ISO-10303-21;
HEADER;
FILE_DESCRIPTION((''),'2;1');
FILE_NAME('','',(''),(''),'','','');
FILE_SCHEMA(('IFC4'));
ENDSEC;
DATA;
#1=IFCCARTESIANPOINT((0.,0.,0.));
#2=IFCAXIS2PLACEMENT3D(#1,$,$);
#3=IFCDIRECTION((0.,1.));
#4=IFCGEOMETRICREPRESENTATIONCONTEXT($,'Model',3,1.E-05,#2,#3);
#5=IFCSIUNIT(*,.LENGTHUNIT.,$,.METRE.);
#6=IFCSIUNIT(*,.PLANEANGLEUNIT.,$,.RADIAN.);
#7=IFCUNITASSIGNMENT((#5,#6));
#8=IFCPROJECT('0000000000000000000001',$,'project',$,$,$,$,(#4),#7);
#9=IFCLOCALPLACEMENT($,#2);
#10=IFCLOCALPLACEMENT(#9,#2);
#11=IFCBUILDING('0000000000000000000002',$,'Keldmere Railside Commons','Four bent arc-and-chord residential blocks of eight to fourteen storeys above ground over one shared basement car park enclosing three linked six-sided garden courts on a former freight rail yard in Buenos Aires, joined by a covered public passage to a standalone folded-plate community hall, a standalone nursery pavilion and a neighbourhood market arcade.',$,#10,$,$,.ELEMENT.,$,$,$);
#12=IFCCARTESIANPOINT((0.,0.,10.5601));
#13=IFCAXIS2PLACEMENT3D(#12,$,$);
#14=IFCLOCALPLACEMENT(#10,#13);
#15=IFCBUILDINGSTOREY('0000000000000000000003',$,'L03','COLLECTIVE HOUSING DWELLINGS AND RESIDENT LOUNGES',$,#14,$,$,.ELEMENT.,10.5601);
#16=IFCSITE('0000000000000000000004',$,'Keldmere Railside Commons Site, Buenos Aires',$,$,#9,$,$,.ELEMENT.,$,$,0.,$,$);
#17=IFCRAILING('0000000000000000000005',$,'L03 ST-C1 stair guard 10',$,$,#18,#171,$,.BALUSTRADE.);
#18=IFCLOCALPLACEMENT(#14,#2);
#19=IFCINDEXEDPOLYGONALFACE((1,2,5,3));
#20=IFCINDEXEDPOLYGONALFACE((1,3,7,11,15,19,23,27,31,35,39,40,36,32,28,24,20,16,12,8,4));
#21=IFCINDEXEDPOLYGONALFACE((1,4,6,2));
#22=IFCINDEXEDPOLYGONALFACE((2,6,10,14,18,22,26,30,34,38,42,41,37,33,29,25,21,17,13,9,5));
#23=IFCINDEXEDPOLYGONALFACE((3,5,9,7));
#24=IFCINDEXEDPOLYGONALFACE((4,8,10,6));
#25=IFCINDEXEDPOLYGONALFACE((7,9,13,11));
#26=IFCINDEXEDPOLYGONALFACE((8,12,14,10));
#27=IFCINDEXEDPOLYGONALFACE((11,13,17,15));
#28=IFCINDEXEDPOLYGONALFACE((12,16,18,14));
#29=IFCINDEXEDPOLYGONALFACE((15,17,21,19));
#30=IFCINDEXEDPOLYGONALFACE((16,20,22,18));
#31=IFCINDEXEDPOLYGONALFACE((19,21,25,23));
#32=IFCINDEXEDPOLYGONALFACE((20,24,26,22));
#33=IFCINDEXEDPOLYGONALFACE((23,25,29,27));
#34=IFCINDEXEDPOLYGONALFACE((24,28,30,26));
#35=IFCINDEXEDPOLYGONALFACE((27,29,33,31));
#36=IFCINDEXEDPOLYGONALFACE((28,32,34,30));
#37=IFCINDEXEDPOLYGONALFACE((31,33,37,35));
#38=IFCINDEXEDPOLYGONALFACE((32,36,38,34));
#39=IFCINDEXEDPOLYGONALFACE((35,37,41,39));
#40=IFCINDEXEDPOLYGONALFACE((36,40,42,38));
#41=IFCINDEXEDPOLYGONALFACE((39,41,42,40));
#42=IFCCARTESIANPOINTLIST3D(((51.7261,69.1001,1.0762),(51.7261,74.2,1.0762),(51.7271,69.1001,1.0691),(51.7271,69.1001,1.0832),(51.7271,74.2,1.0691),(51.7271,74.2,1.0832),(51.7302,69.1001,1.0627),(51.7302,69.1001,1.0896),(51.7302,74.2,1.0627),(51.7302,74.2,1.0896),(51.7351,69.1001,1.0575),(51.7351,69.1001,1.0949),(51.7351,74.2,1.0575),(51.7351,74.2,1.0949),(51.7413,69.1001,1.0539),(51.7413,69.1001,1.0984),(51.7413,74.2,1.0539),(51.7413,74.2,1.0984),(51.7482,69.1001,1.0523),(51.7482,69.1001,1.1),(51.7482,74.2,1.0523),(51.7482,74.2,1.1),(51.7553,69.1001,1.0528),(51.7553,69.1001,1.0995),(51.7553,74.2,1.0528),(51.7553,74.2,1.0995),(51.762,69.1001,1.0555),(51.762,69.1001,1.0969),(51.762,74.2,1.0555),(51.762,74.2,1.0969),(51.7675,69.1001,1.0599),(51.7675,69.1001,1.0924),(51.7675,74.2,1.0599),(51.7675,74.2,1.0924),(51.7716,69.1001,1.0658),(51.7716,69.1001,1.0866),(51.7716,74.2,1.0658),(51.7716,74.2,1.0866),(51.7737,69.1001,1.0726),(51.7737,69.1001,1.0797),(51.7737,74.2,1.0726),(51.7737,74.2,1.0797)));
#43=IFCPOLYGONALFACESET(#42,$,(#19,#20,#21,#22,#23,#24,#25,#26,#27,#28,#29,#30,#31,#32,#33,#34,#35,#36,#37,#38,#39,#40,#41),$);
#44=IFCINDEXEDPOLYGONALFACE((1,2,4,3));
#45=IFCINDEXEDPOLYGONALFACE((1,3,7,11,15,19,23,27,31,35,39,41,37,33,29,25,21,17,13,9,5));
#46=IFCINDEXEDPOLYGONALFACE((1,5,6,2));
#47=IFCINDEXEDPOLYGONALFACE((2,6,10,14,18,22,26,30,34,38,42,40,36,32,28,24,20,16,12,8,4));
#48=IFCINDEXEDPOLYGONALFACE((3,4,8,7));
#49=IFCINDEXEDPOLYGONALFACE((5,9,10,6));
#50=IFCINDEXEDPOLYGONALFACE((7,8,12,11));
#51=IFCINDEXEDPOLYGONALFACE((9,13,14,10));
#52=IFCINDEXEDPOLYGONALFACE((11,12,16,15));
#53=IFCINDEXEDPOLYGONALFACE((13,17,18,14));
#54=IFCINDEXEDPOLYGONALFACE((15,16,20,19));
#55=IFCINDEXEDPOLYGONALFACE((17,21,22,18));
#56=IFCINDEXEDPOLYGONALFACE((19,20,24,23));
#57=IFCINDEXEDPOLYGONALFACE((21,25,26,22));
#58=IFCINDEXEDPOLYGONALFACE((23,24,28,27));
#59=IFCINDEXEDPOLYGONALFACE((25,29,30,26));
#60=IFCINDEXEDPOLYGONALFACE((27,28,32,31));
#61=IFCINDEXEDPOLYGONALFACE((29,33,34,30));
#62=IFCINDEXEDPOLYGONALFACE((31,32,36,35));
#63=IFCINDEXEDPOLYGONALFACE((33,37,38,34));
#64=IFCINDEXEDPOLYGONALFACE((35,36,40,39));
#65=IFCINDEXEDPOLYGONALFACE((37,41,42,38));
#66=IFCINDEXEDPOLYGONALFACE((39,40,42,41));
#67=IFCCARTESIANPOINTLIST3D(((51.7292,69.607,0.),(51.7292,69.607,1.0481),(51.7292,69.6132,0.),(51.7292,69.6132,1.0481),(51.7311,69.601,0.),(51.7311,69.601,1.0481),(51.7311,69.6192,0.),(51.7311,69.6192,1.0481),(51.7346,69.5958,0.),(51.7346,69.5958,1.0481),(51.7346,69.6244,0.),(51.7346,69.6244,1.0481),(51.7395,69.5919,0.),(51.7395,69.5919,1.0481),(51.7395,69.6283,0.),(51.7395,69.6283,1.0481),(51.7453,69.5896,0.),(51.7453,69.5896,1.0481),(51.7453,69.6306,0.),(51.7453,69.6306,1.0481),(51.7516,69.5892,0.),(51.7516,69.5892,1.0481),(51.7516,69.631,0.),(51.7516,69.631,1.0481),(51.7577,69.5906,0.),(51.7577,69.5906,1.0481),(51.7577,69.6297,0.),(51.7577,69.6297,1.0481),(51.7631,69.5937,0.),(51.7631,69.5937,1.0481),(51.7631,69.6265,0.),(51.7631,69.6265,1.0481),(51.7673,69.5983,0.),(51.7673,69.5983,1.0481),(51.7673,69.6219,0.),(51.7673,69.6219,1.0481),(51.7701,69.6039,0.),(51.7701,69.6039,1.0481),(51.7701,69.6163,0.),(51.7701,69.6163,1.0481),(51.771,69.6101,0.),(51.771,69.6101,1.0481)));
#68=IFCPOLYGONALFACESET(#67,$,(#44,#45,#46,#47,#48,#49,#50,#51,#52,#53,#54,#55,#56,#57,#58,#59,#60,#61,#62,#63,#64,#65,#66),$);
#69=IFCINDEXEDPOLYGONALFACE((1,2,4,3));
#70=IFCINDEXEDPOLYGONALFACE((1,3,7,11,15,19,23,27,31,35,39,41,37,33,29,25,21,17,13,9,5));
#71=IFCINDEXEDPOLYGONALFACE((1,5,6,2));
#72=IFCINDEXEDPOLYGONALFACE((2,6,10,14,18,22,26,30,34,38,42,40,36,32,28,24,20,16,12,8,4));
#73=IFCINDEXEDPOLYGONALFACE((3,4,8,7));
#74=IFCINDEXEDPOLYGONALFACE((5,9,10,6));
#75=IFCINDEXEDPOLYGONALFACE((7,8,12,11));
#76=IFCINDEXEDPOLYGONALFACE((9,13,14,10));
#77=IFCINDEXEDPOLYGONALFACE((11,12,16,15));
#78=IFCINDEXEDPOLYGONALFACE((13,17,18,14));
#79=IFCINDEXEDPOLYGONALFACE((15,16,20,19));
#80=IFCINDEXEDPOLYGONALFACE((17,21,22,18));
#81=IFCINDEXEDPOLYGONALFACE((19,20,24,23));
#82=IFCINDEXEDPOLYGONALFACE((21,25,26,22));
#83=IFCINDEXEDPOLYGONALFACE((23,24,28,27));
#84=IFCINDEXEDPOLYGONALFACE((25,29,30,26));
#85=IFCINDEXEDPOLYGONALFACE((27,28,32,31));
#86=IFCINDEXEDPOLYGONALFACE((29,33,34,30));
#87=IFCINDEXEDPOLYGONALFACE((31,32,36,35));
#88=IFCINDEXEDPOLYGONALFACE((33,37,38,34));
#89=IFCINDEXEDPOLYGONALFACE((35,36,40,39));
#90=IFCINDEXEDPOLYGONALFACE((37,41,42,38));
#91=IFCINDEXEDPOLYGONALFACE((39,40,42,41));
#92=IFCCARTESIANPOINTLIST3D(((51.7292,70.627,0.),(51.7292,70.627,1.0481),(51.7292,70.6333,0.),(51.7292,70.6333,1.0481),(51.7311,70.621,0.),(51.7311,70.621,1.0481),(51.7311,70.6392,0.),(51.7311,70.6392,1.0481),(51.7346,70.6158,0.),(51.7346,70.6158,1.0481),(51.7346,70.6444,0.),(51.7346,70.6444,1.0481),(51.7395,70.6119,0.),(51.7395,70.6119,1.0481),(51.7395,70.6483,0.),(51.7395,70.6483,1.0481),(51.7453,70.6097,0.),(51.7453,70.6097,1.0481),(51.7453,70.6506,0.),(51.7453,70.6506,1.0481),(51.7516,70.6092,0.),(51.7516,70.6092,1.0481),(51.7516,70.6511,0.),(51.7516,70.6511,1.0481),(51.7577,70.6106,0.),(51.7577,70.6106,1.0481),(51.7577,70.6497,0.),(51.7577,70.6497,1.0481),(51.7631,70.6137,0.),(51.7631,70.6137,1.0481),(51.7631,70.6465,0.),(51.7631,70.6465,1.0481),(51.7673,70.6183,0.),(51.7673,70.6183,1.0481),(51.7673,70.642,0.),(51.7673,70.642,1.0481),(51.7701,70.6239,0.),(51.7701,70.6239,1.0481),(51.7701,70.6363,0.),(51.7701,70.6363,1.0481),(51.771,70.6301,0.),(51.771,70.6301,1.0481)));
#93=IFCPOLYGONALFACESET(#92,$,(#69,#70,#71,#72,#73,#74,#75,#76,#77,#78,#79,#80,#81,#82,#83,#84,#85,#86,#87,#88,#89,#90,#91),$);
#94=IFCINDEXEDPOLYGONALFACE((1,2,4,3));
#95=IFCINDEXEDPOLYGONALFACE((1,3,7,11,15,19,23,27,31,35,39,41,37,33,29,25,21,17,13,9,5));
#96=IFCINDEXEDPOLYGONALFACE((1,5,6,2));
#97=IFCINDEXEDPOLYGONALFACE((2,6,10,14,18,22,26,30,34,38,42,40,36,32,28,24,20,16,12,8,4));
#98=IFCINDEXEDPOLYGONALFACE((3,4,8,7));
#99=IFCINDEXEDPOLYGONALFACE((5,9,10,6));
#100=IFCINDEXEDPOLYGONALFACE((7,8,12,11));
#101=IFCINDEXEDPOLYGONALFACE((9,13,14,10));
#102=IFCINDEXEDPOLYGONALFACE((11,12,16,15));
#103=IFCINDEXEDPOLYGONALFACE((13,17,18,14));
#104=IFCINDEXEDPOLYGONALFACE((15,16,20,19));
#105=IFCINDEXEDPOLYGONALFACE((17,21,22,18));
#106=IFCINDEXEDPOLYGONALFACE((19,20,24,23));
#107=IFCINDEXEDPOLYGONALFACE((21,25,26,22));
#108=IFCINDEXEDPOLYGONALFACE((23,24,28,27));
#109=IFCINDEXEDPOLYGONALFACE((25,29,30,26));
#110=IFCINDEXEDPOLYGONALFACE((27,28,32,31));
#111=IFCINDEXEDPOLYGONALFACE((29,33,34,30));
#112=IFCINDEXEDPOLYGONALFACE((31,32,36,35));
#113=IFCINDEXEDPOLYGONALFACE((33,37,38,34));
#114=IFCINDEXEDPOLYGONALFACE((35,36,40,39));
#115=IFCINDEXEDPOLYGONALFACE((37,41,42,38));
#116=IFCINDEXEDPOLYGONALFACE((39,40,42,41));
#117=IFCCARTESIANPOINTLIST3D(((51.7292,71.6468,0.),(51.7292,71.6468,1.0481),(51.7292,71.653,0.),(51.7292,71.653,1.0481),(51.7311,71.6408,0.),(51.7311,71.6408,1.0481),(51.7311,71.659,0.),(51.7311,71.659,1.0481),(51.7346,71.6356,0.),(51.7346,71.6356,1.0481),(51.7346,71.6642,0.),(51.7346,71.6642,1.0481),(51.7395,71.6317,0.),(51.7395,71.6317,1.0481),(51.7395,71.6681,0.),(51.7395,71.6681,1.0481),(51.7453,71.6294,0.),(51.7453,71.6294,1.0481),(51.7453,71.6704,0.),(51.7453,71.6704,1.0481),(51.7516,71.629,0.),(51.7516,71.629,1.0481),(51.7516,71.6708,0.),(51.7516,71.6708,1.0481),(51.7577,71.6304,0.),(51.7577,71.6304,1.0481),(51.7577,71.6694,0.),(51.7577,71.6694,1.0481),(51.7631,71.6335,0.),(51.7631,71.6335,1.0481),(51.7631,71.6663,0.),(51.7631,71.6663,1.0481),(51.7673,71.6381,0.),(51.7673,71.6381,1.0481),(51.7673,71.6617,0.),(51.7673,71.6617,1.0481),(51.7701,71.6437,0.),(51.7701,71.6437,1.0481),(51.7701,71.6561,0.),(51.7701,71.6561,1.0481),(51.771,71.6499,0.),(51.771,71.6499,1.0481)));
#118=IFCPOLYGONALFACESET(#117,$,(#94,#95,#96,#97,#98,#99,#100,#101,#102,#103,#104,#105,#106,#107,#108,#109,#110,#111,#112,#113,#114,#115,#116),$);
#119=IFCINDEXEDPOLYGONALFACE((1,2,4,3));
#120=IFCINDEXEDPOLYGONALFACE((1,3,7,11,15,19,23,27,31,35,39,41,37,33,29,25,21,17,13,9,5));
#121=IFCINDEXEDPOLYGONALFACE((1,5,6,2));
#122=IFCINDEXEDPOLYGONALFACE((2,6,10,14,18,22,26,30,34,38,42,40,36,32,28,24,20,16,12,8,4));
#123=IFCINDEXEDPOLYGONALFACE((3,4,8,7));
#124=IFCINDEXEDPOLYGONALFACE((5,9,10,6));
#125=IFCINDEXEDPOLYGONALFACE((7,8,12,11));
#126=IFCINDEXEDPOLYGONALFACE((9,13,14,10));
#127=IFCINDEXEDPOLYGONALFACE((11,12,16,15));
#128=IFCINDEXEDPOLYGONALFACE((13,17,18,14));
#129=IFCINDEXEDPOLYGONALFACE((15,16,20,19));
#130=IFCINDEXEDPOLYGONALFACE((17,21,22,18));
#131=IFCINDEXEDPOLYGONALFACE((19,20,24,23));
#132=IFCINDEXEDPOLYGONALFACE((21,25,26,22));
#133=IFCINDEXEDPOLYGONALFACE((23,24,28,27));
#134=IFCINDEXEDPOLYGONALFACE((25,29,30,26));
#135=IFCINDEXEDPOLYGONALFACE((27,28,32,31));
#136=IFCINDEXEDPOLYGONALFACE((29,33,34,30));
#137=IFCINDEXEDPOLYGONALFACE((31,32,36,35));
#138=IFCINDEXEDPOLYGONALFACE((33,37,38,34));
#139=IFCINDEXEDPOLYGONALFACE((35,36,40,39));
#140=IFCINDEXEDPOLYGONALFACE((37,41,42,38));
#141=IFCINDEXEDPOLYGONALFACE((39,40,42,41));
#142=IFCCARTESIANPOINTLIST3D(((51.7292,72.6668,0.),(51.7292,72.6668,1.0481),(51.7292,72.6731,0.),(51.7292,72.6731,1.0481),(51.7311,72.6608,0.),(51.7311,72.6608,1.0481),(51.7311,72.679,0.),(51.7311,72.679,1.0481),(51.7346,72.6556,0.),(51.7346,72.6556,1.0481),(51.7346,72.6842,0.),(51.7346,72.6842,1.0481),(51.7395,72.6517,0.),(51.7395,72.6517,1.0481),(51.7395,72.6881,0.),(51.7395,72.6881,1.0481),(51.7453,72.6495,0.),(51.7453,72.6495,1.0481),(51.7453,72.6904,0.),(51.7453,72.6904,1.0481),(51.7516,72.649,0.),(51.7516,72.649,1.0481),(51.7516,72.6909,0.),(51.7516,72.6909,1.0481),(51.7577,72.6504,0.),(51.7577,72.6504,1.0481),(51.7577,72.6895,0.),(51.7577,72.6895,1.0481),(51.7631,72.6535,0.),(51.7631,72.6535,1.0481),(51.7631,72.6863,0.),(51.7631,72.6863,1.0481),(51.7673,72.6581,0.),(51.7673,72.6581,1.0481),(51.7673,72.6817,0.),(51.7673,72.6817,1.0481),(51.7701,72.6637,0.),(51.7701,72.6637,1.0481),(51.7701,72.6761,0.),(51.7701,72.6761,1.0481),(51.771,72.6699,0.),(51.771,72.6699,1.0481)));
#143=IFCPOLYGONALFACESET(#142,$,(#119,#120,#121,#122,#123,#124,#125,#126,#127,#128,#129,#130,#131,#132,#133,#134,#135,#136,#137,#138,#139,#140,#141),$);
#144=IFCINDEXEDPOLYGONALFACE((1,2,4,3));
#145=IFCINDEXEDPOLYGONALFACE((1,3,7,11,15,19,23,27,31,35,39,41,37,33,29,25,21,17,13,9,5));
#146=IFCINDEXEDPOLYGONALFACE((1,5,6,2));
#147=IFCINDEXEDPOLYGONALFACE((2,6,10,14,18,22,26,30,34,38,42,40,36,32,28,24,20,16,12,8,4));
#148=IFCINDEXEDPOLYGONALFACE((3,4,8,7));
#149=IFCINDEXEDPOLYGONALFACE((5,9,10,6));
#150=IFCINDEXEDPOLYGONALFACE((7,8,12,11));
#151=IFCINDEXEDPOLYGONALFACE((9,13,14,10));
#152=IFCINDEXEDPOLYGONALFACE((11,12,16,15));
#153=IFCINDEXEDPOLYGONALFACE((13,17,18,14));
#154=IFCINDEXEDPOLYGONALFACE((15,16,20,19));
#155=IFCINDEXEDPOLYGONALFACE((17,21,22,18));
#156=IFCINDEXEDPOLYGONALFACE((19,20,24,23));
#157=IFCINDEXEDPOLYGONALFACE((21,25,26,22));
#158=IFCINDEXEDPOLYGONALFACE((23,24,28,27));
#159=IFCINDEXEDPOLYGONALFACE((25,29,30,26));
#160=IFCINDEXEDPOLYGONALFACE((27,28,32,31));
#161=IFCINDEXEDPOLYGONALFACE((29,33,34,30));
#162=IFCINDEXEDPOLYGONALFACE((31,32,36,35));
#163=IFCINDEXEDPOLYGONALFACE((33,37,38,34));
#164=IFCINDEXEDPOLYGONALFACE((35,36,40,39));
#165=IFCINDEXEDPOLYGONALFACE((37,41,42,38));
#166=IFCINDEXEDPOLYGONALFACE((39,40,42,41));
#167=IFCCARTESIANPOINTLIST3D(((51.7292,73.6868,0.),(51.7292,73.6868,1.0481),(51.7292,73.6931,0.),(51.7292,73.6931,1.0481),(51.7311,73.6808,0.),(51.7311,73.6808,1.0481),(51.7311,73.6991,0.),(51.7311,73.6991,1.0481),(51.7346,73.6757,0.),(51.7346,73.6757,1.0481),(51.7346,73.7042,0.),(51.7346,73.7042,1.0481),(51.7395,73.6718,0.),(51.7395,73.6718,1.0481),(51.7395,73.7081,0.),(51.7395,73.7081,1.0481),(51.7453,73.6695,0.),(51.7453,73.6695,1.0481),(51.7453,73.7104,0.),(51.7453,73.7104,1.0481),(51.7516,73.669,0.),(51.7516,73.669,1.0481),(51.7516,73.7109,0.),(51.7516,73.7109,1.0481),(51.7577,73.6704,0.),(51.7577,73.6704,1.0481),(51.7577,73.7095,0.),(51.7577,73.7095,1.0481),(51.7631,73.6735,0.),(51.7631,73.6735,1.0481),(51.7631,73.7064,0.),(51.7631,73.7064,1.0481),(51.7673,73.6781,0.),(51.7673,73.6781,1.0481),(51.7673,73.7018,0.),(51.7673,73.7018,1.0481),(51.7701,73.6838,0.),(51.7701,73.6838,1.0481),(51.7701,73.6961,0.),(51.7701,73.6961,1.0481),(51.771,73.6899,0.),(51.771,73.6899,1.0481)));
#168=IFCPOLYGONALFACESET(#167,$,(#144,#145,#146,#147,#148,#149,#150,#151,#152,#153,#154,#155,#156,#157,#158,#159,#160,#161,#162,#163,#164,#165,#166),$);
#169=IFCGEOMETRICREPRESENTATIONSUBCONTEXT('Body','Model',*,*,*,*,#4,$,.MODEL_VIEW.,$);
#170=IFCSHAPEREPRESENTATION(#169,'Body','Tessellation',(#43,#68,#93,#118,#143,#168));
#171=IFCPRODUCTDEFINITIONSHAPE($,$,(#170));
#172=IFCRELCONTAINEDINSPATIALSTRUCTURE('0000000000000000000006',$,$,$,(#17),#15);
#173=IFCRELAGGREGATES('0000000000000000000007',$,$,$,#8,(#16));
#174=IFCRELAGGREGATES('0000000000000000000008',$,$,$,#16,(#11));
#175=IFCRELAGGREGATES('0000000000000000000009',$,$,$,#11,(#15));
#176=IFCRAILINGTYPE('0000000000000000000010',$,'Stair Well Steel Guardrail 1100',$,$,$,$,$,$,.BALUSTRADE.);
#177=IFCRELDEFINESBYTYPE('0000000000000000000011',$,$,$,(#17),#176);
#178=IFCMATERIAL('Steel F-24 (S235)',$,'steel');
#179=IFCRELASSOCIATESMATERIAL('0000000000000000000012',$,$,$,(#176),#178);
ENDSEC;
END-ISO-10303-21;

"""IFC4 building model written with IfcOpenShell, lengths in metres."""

from ifc_helpers import new_model, si_unit, direction, frame, origin, origin_2d, place, context, subcontext, project, spatial, circle, extrude, material, type_object, element, save


model = new_model("IFC4")

# Units and contexts
model_context = context("Model", 3, precision=1e-05, world=origin(), true_north=direction((0.0, 1.0)))
body_context = subcontext(model_context, "Body", "Model", "MODEL_VIEW")
ifc_project = project(units=[si_unit("LENGTHUNIT", "METRE"), si_unit("PLANEANGLEUNIT", "RADIAN")], contexts=[model_context])

# Site, building, storey
site_placement = place(None, origin())
site = spatial("IfcSite", under=ifc_project, at=site_placement, Name="Keldmere Railside Commons Site, Buenos Aires", CompositionType="ELEMENT", RefElevation=0.0)
building_placement = place(site_placement, origin())
building = spatial("IfcBuilding", under=site, at=building_placement, Name="Keldmere Railside Commons", Description="Four bent arc-and-chord residential blocks of eight to fourteen storeys above ground over one shared basement car park enclosing three linked six-sided garden courts on a former freight rail yard in Buenos Aires, joined by a covered public passage to a standalone folded-plate community hall, a standalone nursery pavilion and a neighbourhood market arcade.", CompositionType="ELEMENT")
storey_placement = place(building_placement, frame((0.0, 0.0, 10.5601)))
storey = spatial("IfcBuildingStorey", under=building, at=storey_placement, Name="L03", Description="COLLECTIVE HOUSING DWELLINGS AND RESIDENT LOUNGES", CompositionType="ELEMENT", Elevation=10.5601)

# Railing
ifc_material_1 = material(Name="Steel F-24 (S235)", Category="steel")
railing_type_1 = type_object("IfcRailingType", Name="Stair Well Steel Guardrail 1100", PredefinedType="BALUSTRADE", material=ifc_material_1)
for number, where, name in (
    (1, (51.75, 69.1001, 0.0), "L03 ST-C1 stair guard 10"),
):
    element("IfcRailing", number, at=place(storey_placement, frame(where)), inside=storey, type_object=railing_type_1, Name=name, PredefinedType="BALUSTRADE", context=body_context, shape_type="SweptSolid", body=[
        extrude(circle(Radius=0.0239, at=origin_2d()), frame((0.0, 0.0, 1.0762), z_axis=(0.0, 1.0, 0.0), x_axis=(-1.0, 0.0, 0.0)), (0.0, 0.0, 1.0), 5.0999),
        extrude(circle(Radius=0.021, at=origin_2d()), frame((0.0, 0.51, 0.0)), (0.0, 0.0, 1.0), 1.0481),
        extrude(circle(Radius=0.021, at=origin_2d()), frame((0.0, 1.53, 0.0)), (0.0, 0.0, 1.0), 1.0481),
        extrude(circle(Radius=0.021, at=origin_2d()), frame((0.0, 2.5498, 0.0)), (0.0, 0.0, 1.0), 1.0481),
        extrude(circle(Radius=0.021, at=origin_2d()), frame((0.0, 3.5698, 0.0)), (0.0, 0.0, 1.0), 1.0481),
        extrude(circle(Radius=0.021, at=origin_2d()), frame((0.0, 4.5898, 0.0)), (0.0, 0.0, 1.0), 1.0481),
    ])

save(model, "model.ifc")
